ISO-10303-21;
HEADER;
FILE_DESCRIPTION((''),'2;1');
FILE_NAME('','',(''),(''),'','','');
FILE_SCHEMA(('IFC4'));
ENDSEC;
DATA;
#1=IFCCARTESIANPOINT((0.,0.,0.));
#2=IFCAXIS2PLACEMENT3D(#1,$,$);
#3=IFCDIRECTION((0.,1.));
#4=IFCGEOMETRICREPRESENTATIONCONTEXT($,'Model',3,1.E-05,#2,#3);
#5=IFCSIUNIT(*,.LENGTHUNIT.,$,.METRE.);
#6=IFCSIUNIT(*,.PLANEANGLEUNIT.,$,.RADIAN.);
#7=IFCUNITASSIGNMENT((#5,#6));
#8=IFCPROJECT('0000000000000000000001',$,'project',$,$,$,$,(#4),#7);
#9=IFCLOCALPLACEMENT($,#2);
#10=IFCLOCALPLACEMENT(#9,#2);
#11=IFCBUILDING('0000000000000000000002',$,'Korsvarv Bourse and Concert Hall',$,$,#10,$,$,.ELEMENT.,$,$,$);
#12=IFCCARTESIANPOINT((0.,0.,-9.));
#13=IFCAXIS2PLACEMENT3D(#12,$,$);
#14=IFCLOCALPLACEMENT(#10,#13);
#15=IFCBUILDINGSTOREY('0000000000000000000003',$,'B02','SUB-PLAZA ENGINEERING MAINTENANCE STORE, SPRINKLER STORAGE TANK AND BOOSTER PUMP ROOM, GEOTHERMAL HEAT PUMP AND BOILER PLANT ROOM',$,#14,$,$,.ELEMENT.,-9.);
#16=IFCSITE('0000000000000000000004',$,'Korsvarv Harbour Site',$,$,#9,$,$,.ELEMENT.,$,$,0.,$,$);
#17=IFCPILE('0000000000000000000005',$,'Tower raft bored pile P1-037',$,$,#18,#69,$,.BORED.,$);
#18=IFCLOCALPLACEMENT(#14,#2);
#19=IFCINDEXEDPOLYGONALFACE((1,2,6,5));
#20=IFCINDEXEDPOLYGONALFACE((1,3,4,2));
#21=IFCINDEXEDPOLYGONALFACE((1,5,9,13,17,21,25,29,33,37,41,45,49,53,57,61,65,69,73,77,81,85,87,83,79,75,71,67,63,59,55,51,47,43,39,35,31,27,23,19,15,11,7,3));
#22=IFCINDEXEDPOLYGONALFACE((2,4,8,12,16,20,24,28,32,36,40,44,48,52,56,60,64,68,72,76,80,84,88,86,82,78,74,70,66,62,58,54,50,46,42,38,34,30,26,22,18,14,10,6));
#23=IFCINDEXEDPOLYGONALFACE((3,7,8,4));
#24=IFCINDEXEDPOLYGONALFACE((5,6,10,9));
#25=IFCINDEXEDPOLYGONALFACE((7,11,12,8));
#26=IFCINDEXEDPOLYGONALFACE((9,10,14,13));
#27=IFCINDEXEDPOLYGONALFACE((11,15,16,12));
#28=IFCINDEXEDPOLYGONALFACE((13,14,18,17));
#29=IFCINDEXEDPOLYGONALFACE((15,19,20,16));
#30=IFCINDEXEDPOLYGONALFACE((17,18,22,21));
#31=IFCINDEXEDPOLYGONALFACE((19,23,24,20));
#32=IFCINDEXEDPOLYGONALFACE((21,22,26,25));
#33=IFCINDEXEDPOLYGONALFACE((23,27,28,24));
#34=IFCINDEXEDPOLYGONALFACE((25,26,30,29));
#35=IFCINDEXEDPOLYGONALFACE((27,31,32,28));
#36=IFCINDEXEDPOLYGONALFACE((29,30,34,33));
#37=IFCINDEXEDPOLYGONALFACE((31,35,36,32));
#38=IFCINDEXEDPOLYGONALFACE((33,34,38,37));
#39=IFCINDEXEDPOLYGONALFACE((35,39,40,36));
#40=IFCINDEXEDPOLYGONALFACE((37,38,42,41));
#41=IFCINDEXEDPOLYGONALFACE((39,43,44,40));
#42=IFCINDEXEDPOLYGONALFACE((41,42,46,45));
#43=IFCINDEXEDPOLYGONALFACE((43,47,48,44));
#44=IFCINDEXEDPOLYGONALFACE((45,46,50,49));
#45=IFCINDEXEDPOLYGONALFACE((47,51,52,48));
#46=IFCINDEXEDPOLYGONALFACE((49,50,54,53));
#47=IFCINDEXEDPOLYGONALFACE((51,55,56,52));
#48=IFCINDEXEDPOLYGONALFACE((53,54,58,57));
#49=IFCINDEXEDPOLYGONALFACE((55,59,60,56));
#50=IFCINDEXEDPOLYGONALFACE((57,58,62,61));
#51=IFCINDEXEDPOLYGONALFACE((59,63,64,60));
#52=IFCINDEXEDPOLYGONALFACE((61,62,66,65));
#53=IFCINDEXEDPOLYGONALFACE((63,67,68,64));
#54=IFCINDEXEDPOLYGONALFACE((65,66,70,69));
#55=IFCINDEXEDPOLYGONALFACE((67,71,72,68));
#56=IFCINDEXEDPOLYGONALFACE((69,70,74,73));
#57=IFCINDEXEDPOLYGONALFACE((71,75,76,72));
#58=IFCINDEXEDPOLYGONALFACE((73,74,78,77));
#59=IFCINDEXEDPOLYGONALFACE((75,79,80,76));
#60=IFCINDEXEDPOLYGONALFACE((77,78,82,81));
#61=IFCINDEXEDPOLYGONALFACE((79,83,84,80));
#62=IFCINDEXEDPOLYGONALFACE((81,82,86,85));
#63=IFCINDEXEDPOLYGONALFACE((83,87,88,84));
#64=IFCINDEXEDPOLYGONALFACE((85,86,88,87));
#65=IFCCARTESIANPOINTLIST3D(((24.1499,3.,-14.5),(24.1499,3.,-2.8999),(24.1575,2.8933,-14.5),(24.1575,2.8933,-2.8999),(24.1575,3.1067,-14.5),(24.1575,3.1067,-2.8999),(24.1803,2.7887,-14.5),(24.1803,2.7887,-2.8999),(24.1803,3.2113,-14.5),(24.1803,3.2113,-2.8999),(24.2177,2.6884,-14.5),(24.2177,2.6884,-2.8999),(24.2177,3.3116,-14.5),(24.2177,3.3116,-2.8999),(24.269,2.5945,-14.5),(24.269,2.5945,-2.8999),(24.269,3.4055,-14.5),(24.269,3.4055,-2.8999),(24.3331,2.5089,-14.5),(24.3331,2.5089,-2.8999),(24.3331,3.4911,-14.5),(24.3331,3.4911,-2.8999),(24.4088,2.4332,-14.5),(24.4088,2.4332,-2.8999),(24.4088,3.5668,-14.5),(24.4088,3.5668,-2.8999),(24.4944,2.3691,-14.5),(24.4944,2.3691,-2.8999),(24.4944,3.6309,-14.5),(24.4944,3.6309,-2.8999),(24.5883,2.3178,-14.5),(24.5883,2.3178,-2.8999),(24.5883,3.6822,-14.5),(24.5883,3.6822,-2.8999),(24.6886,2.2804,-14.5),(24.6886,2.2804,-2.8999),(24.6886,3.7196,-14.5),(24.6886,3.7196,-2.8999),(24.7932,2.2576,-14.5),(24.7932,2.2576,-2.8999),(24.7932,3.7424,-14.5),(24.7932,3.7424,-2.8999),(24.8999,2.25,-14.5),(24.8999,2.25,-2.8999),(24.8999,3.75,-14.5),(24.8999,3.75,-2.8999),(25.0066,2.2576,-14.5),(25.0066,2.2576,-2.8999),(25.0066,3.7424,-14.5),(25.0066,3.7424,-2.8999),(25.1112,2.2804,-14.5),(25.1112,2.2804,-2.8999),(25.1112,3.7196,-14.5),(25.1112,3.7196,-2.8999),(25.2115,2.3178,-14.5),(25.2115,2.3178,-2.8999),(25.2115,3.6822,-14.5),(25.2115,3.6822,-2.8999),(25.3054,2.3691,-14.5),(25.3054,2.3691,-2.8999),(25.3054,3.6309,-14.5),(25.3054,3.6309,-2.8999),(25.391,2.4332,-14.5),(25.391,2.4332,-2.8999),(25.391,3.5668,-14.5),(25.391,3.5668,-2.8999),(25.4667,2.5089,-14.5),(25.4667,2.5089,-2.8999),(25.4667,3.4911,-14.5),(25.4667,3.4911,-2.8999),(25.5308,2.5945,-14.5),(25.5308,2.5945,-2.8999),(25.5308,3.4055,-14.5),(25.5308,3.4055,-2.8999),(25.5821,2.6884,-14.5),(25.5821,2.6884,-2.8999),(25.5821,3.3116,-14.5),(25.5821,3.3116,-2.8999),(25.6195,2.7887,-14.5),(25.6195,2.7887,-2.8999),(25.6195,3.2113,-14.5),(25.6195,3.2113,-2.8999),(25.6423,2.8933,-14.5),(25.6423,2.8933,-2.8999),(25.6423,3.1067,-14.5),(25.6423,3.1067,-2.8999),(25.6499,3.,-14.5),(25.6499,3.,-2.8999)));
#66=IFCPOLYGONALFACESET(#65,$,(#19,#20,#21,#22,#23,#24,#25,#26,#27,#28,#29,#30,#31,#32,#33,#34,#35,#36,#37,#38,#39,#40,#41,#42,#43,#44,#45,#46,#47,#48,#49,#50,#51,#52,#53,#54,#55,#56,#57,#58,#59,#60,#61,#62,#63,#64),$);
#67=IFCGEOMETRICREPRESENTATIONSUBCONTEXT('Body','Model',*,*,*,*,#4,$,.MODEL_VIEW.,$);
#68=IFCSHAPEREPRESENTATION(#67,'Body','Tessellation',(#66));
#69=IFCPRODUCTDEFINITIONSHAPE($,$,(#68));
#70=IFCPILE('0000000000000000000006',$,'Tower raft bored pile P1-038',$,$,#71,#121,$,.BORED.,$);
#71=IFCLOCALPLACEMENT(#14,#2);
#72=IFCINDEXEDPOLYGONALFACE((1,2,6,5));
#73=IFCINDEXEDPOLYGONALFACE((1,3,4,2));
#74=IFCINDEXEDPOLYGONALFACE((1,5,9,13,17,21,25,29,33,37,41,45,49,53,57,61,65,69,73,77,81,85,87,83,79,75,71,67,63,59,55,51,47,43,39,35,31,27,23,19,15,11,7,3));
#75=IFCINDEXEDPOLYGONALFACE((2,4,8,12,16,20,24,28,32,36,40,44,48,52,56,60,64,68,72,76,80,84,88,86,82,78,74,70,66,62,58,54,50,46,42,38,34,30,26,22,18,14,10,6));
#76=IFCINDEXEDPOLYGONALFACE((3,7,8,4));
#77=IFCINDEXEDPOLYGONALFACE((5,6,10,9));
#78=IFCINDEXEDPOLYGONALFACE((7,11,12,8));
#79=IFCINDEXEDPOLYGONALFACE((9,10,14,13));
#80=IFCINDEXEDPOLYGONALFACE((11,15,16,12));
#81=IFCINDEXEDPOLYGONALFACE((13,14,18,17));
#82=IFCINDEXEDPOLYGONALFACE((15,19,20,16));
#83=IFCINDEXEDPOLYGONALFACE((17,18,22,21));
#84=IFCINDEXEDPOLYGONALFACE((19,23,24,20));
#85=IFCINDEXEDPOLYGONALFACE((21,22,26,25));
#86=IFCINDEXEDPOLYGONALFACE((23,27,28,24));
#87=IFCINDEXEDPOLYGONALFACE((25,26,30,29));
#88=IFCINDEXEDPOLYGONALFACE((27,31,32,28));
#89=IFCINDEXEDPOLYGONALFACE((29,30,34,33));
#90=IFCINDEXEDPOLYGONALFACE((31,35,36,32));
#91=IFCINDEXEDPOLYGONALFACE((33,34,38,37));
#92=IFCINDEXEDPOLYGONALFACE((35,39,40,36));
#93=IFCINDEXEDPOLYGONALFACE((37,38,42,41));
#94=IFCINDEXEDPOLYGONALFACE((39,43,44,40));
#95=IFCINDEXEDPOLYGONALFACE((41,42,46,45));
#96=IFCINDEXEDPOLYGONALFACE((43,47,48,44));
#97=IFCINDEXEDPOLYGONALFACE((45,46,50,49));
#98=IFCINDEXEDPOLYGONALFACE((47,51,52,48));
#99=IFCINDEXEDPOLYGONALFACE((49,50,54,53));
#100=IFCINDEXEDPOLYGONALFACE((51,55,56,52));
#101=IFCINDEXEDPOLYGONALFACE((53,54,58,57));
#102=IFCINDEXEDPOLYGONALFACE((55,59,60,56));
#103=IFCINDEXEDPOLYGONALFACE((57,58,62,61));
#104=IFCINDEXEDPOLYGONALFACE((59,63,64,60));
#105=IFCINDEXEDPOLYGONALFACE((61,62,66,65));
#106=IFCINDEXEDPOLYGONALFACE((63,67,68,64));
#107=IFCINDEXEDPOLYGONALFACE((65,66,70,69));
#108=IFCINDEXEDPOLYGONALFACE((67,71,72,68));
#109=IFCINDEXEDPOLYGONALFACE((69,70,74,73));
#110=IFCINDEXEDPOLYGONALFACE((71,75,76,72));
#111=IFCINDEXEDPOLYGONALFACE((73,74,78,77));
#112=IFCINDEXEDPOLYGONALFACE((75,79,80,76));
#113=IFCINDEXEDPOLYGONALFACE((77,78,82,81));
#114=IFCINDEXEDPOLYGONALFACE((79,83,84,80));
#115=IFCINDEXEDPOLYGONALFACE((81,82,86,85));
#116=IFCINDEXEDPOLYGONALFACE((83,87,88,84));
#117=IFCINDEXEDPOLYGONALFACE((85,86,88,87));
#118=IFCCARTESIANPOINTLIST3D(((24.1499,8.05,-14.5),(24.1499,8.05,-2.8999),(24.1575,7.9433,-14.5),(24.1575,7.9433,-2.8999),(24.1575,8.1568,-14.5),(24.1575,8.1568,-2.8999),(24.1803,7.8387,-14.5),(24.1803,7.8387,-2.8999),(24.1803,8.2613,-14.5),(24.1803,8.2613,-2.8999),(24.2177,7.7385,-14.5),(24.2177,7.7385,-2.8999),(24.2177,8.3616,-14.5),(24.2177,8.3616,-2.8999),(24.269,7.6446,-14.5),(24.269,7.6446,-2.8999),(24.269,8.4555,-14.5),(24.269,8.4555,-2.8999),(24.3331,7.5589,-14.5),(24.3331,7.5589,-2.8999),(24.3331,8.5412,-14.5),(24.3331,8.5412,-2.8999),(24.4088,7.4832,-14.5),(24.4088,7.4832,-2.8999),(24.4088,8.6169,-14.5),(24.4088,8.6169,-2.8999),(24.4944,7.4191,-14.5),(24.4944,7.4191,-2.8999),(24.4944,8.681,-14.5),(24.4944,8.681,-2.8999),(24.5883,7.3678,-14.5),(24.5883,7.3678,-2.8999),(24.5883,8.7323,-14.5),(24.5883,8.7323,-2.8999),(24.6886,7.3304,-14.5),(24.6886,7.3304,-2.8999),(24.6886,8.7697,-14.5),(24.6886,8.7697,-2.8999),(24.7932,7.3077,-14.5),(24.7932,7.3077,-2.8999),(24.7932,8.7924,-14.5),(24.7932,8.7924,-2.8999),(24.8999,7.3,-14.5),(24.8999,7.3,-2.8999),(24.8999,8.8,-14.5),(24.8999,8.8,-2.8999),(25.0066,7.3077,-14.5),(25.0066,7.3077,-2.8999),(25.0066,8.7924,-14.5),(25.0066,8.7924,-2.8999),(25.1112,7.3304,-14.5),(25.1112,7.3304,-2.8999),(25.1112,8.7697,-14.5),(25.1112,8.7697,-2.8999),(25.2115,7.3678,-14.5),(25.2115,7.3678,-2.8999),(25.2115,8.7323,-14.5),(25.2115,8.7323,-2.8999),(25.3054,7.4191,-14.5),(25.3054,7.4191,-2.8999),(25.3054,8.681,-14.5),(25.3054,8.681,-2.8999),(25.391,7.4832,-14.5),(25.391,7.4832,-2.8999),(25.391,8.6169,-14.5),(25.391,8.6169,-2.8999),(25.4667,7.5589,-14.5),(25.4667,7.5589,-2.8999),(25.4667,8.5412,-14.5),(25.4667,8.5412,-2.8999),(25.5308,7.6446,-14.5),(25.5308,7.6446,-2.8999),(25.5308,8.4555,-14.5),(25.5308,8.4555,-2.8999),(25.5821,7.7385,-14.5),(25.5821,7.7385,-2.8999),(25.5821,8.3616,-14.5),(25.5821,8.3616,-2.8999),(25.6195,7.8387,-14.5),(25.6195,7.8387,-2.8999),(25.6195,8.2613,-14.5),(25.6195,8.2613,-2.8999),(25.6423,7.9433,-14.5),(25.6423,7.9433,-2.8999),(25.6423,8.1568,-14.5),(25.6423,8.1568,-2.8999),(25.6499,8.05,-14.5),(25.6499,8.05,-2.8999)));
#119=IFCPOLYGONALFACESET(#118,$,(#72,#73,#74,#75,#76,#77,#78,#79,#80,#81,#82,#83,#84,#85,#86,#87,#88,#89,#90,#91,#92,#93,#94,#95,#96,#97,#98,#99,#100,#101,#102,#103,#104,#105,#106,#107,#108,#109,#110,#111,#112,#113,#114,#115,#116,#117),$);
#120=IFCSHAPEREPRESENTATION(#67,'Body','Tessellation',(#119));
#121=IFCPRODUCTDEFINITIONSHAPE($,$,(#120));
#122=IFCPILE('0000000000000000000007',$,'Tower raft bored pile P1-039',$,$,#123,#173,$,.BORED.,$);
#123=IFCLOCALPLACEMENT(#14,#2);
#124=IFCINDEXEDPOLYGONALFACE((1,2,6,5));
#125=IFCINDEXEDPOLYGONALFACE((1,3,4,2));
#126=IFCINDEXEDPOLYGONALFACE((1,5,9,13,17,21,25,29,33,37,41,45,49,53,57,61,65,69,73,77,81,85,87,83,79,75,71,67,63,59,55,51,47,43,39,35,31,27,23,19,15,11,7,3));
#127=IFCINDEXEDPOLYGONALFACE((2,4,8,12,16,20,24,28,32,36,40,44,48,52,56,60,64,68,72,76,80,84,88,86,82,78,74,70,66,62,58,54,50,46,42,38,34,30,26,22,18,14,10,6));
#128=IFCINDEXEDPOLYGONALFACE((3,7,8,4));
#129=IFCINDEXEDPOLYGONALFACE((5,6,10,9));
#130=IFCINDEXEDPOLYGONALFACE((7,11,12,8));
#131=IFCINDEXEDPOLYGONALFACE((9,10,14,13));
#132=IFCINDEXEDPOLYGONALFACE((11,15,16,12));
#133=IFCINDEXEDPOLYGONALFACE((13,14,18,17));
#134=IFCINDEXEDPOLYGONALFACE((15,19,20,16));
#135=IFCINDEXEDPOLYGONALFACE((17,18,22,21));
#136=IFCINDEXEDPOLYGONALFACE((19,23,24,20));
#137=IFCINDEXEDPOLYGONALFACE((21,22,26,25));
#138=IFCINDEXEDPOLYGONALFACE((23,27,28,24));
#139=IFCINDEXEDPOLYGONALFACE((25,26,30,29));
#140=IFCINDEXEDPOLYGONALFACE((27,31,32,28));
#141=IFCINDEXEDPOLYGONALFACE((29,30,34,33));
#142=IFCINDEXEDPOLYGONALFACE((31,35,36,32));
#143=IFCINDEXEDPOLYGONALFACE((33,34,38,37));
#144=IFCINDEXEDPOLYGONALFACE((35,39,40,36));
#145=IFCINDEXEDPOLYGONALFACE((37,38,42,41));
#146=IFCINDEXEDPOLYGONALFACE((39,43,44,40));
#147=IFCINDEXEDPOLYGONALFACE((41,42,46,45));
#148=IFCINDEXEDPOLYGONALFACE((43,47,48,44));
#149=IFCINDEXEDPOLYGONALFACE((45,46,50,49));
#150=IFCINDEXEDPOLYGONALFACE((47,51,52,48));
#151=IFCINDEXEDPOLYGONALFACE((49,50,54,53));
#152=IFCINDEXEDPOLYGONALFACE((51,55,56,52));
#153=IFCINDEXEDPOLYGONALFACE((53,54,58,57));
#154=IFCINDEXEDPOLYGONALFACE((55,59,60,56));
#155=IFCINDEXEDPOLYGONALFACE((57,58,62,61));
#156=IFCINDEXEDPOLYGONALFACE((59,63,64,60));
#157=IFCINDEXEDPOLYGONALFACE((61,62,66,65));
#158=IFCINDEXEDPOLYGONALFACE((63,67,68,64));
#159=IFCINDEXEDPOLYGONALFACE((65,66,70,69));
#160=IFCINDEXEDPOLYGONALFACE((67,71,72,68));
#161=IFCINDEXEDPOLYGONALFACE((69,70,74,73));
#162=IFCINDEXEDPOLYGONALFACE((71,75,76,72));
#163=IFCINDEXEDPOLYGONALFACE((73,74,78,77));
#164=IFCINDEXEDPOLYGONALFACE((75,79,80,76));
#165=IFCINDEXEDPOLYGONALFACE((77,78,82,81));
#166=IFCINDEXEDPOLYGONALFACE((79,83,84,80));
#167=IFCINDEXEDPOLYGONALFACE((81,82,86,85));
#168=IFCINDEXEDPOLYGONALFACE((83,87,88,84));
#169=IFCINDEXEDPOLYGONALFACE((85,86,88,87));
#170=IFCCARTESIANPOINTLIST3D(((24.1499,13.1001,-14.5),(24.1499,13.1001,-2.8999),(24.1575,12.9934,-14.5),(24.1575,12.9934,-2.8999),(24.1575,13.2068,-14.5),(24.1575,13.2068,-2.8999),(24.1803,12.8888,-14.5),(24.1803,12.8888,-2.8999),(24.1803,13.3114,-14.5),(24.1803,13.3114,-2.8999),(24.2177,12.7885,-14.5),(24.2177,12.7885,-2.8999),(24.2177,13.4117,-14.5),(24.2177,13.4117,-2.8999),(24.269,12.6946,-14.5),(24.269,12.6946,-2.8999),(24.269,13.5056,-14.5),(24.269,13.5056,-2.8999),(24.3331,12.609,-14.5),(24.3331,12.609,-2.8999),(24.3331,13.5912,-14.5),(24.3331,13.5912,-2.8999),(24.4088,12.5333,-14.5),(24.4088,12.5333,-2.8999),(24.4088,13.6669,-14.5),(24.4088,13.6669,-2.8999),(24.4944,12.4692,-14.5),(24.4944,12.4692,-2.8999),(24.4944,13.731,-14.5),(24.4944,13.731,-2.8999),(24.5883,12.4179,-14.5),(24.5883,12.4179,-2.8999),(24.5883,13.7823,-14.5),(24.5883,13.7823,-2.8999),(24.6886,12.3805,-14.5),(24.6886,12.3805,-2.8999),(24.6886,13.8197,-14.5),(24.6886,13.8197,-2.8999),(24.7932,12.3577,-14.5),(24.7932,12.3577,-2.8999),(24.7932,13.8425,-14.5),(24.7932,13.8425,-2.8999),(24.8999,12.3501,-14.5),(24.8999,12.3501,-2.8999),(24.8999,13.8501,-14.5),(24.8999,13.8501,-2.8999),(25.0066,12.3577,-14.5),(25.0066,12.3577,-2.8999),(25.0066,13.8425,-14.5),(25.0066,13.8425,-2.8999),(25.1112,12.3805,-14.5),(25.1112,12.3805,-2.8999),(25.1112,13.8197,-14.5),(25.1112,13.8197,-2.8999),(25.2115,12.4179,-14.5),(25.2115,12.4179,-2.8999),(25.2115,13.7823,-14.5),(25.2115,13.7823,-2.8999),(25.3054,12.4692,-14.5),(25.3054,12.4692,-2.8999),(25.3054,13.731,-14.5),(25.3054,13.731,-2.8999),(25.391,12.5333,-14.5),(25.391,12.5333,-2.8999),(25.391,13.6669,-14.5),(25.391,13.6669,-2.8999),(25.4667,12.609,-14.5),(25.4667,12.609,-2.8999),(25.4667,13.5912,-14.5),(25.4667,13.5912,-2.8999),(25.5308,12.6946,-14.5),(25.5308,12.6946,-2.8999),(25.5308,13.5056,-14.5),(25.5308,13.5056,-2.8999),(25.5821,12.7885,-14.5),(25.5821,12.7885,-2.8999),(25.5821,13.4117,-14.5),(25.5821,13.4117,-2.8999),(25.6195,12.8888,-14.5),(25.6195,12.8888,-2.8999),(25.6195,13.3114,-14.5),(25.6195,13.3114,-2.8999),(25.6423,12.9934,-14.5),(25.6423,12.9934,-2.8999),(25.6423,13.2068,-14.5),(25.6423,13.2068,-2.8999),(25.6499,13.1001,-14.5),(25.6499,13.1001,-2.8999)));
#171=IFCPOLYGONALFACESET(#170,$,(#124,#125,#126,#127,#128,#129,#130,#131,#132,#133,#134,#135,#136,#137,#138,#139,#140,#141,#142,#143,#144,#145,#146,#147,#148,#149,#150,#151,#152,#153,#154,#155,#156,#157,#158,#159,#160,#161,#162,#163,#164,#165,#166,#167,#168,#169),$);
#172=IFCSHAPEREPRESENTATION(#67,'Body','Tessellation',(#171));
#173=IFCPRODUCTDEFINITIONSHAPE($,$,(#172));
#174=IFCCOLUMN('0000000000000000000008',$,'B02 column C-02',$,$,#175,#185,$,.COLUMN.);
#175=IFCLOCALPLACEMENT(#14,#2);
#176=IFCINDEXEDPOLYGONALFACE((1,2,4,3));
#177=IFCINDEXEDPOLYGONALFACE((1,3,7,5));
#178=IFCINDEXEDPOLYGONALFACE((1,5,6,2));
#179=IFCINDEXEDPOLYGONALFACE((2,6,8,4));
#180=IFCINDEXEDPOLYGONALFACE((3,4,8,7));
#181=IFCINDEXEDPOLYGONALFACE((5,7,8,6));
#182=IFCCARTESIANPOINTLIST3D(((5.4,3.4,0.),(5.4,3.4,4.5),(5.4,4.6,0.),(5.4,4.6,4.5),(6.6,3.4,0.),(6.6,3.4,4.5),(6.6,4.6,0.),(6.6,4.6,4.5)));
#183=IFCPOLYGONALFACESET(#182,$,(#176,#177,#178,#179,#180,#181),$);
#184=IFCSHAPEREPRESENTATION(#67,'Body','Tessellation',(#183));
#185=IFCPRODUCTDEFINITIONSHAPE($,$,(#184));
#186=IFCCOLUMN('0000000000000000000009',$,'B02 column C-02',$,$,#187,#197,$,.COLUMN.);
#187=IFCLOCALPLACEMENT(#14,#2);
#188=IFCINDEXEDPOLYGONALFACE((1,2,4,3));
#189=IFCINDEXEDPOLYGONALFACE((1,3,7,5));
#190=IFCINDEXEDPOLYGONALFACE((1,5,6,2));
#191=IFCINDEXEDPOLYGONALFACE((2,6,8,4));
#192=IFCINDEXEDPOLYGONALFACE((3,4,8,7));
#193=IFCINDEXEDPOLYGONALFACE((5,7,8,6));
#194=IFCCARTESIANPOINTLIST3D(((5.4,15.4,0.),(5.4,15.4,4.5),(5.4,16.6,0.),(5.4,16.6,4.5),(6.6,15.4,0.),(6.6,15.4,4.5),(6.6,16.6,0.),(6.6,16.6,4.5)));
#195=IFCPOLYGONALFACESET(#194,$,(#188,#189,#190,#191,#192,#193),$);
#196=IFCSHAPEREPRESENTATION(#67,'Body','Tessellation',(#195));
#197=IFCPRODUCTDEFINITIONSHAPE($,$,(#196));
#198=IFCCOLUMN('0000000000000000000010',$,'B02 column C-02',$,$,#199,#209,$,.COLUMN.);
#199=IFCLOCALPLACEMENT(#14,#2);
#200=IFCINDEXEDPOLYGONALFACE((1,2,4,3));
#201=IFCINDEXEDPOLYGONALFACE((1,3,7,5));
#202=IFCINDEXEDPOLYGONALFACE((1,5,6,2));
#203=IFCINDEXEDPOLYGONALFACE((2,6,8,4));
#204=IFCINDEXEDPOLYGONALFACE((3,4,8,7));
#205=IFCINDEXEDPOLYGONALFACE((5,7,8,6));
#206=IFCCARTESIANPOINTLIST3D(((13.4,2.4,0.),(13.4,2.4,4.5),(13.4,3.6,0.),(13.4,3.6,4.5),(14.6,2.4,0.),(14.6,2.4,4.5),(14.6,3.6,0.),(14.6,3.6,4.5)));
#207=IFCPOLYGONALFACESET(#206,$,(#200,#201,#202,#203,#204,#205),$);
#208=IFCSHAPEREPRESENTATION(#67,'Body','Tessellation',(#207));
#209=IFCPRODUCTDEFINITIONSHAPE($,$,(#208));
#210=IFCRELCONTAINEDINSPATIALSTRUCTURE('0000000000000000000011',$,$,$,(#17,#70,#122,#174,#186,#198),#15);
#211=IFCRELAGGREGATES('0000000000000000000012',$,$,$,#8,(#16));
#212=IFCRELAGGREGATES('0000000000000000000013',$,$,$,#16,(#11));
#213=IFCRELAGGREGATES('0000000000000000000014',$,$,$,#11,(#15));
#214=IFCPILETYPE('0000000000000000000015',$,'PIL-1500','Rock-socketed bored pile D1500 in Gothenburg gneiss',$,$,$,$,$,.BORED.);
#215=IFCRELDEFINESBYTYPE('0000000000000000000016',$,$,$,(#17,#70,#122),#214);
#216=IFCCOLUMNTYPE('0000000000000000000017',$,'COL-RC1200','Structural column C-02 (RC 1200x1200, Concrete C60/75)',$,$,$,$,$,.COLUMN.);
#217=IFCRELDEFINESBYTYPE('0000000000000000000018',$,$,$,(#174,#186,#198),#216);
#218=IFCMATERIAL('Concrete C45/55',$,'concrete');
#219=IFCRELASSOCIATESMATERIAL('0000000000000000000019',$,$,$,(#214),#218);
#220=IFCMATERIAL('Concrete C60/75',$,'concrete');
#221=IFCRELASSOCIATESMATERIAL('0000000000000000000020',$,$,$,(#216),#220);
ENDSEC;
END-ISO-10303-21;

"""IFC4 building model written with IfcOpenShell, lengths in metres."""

from ifc_helpers import new_model, si_unit, direction, frame, origin, origin_2d, place, context, subcontext, project, spatial, rectangle, circle, extrude, source, transform, mapped, material, material_profile, profile_set, type_object, element, save


model = new_model("IFC4")

# Units and contexts
model_context = context("Model", 3, precision=1e-05, world=origin(), true_north=direction((0.0, 1.0)))
body_context = subcontext(model_context, "Body", "Model", "MODEL_VIEW")
ifc_project = project(units=[si_unit("LENGTHUNIT", "METRE"), si_unit("PLANEANGLEUNIT", "RADIAN")], contexts=[model_context])

# Site, building, storey
site_placement = place(None, origin())
site = spatial("IfcSite", under=ifc_project, at=site_placement, Name="Korsvarv Harbour Site", CompositionType="ELEMENT", RefElevation=0.0)
building_placement = place(site_placement, origin())
building = spatial("IfcBuilding", under=site, at=building_placement, Name="Korsvarv Bourse and Concert Hall", CompositionType="ELEMENT")
storey_placement = place(building_placement, frame((0.0, 0.0, -9.0)))
storey = spatial("IfcBuildingStorey", under=building, at=storey_placement, Name="B02", Description="SUB-PLAZA ENGINEERING MAINTENANCE STORE, SPRINKLER STORAGE TANK AND BOOSTER PUMP ROOM, GEOTHERMAL HEAT PUMP AND BOILER PLANT ROOM", CompositionType="ELEMENT", Elevation=-9.0)

# Piles
ifc_material_1 = material(Name="Concrete C45/55", Category="concrete")
ifc_material_profile_1 = material_profile(ifc_material_1, circle(Radius=0.75, at=origin_2d()), Name="PILE D1500")
ifc_profile_set_1 = profile_set([ifc_material_profile_1], Name="Concrete C45/55")
pile_type = type_object("IfcPileType", Name="PIL-1500", Description="Rock-socketed bored pile D1500 in Gothenburg gneiss", PredefinedType="BORED", material=ifc_profile_set_1)
shared_shape_1 = source(origin(), body_context, "Body", "SweptSolid", [
    extrude(circle(Radius=0.75, at=origin_2d()), origin(), (0.0, 0.0, 1.0), 11.6001),
])
for number, where, z_axis, x_axis, name in (
    (1, (24.8999, 3.0, -2.8999), (0.0, 0.0, -1.0), (1.0, 0.0, 0.0), "Tower raft bored pile P1-037"),
    (2, (24.8999, 8.05, -2.8999), (0.0, 0.0, -1.0), (1.0, 0.0, 0.0), "Tower raft bored pile P1-038"),
    (3, (24.8999, 13.1001, -2.8999), (0.0, 0.0, -1.0), (1.0, 0.0, 0.0), "Tower raft bored pile P1-039"),
):
    element("IfcPile", number, at=place(storey_placement, frame(where, z_axis=z_axis, x_axis=x_axis)), inside=storey, type_object=pile_type, Name=name, PredefinedType="BORED", context=body_context, shape_type="MappedRepresentation", body=[
        mapped(shared_shape_1, transform((0.0, 0.0, 0.0), scale=1.0)),
    ])

# Columns
ifc_material_2 = material(Name="Concrete C60/75", Category="concrete")
ifc_material_profile_2 = material_profile(ifc_material_2, rectangle(XDim=1.2, YDim=1.2, at=origin_2d()), Name="RC 1200x1200")
ifc_profile_set_2 = profile_set([ifc_material_profile_2], Name="Concrete C60/75")
column_type = type_object("IfcColumnType", Name="COL-RC1200", Description="Structural column C-02 (RC 1200x1200, Concrete C60/75)", PredefinedType="COLUMN", material=ifc_profile_set_2)
shared_shape_2 = source(origin(), body_context, "Body", "SweptSolid", [
    extrude(rectangle(XDim=1.2, YDim=1.2, at=origin_2d()), origin(), (0.0, 0.0, 1.0), 4.5),
])
for number, where, z_axis, x_axis, name in (
    (4, (6.0, 4.0, 0.0), (0.0, 0.0, 1.0), (1.0, 0.0, 0.0), "B02 column C-02"),
    (5, (6.0, 16.0, 0.0), (0.0, 0.0, 1.0), (1.0, 0.0, 0.0), "B02 column C-02"),
    (6, (14.0, 3.0, 0.0), (0.0, 0.0, 1.0), (1.0, 0.0, 0.0), "B02 column C-02"),
):
    element("IfcColumn", number, at=place(storey_placement, frame(where, z_axis=z_axis, x_axis=x_axis)), inside=storey, type_object=column_type, Name=name, PredefinedType="COLUMN", context=body_context, shape_type="MappedRepresentation", body=[
        mapped(shared_shape_2, transform((0.0, 0.0, 0.0), scale=1.0)),
    ])

save(model, "model.ifc")
